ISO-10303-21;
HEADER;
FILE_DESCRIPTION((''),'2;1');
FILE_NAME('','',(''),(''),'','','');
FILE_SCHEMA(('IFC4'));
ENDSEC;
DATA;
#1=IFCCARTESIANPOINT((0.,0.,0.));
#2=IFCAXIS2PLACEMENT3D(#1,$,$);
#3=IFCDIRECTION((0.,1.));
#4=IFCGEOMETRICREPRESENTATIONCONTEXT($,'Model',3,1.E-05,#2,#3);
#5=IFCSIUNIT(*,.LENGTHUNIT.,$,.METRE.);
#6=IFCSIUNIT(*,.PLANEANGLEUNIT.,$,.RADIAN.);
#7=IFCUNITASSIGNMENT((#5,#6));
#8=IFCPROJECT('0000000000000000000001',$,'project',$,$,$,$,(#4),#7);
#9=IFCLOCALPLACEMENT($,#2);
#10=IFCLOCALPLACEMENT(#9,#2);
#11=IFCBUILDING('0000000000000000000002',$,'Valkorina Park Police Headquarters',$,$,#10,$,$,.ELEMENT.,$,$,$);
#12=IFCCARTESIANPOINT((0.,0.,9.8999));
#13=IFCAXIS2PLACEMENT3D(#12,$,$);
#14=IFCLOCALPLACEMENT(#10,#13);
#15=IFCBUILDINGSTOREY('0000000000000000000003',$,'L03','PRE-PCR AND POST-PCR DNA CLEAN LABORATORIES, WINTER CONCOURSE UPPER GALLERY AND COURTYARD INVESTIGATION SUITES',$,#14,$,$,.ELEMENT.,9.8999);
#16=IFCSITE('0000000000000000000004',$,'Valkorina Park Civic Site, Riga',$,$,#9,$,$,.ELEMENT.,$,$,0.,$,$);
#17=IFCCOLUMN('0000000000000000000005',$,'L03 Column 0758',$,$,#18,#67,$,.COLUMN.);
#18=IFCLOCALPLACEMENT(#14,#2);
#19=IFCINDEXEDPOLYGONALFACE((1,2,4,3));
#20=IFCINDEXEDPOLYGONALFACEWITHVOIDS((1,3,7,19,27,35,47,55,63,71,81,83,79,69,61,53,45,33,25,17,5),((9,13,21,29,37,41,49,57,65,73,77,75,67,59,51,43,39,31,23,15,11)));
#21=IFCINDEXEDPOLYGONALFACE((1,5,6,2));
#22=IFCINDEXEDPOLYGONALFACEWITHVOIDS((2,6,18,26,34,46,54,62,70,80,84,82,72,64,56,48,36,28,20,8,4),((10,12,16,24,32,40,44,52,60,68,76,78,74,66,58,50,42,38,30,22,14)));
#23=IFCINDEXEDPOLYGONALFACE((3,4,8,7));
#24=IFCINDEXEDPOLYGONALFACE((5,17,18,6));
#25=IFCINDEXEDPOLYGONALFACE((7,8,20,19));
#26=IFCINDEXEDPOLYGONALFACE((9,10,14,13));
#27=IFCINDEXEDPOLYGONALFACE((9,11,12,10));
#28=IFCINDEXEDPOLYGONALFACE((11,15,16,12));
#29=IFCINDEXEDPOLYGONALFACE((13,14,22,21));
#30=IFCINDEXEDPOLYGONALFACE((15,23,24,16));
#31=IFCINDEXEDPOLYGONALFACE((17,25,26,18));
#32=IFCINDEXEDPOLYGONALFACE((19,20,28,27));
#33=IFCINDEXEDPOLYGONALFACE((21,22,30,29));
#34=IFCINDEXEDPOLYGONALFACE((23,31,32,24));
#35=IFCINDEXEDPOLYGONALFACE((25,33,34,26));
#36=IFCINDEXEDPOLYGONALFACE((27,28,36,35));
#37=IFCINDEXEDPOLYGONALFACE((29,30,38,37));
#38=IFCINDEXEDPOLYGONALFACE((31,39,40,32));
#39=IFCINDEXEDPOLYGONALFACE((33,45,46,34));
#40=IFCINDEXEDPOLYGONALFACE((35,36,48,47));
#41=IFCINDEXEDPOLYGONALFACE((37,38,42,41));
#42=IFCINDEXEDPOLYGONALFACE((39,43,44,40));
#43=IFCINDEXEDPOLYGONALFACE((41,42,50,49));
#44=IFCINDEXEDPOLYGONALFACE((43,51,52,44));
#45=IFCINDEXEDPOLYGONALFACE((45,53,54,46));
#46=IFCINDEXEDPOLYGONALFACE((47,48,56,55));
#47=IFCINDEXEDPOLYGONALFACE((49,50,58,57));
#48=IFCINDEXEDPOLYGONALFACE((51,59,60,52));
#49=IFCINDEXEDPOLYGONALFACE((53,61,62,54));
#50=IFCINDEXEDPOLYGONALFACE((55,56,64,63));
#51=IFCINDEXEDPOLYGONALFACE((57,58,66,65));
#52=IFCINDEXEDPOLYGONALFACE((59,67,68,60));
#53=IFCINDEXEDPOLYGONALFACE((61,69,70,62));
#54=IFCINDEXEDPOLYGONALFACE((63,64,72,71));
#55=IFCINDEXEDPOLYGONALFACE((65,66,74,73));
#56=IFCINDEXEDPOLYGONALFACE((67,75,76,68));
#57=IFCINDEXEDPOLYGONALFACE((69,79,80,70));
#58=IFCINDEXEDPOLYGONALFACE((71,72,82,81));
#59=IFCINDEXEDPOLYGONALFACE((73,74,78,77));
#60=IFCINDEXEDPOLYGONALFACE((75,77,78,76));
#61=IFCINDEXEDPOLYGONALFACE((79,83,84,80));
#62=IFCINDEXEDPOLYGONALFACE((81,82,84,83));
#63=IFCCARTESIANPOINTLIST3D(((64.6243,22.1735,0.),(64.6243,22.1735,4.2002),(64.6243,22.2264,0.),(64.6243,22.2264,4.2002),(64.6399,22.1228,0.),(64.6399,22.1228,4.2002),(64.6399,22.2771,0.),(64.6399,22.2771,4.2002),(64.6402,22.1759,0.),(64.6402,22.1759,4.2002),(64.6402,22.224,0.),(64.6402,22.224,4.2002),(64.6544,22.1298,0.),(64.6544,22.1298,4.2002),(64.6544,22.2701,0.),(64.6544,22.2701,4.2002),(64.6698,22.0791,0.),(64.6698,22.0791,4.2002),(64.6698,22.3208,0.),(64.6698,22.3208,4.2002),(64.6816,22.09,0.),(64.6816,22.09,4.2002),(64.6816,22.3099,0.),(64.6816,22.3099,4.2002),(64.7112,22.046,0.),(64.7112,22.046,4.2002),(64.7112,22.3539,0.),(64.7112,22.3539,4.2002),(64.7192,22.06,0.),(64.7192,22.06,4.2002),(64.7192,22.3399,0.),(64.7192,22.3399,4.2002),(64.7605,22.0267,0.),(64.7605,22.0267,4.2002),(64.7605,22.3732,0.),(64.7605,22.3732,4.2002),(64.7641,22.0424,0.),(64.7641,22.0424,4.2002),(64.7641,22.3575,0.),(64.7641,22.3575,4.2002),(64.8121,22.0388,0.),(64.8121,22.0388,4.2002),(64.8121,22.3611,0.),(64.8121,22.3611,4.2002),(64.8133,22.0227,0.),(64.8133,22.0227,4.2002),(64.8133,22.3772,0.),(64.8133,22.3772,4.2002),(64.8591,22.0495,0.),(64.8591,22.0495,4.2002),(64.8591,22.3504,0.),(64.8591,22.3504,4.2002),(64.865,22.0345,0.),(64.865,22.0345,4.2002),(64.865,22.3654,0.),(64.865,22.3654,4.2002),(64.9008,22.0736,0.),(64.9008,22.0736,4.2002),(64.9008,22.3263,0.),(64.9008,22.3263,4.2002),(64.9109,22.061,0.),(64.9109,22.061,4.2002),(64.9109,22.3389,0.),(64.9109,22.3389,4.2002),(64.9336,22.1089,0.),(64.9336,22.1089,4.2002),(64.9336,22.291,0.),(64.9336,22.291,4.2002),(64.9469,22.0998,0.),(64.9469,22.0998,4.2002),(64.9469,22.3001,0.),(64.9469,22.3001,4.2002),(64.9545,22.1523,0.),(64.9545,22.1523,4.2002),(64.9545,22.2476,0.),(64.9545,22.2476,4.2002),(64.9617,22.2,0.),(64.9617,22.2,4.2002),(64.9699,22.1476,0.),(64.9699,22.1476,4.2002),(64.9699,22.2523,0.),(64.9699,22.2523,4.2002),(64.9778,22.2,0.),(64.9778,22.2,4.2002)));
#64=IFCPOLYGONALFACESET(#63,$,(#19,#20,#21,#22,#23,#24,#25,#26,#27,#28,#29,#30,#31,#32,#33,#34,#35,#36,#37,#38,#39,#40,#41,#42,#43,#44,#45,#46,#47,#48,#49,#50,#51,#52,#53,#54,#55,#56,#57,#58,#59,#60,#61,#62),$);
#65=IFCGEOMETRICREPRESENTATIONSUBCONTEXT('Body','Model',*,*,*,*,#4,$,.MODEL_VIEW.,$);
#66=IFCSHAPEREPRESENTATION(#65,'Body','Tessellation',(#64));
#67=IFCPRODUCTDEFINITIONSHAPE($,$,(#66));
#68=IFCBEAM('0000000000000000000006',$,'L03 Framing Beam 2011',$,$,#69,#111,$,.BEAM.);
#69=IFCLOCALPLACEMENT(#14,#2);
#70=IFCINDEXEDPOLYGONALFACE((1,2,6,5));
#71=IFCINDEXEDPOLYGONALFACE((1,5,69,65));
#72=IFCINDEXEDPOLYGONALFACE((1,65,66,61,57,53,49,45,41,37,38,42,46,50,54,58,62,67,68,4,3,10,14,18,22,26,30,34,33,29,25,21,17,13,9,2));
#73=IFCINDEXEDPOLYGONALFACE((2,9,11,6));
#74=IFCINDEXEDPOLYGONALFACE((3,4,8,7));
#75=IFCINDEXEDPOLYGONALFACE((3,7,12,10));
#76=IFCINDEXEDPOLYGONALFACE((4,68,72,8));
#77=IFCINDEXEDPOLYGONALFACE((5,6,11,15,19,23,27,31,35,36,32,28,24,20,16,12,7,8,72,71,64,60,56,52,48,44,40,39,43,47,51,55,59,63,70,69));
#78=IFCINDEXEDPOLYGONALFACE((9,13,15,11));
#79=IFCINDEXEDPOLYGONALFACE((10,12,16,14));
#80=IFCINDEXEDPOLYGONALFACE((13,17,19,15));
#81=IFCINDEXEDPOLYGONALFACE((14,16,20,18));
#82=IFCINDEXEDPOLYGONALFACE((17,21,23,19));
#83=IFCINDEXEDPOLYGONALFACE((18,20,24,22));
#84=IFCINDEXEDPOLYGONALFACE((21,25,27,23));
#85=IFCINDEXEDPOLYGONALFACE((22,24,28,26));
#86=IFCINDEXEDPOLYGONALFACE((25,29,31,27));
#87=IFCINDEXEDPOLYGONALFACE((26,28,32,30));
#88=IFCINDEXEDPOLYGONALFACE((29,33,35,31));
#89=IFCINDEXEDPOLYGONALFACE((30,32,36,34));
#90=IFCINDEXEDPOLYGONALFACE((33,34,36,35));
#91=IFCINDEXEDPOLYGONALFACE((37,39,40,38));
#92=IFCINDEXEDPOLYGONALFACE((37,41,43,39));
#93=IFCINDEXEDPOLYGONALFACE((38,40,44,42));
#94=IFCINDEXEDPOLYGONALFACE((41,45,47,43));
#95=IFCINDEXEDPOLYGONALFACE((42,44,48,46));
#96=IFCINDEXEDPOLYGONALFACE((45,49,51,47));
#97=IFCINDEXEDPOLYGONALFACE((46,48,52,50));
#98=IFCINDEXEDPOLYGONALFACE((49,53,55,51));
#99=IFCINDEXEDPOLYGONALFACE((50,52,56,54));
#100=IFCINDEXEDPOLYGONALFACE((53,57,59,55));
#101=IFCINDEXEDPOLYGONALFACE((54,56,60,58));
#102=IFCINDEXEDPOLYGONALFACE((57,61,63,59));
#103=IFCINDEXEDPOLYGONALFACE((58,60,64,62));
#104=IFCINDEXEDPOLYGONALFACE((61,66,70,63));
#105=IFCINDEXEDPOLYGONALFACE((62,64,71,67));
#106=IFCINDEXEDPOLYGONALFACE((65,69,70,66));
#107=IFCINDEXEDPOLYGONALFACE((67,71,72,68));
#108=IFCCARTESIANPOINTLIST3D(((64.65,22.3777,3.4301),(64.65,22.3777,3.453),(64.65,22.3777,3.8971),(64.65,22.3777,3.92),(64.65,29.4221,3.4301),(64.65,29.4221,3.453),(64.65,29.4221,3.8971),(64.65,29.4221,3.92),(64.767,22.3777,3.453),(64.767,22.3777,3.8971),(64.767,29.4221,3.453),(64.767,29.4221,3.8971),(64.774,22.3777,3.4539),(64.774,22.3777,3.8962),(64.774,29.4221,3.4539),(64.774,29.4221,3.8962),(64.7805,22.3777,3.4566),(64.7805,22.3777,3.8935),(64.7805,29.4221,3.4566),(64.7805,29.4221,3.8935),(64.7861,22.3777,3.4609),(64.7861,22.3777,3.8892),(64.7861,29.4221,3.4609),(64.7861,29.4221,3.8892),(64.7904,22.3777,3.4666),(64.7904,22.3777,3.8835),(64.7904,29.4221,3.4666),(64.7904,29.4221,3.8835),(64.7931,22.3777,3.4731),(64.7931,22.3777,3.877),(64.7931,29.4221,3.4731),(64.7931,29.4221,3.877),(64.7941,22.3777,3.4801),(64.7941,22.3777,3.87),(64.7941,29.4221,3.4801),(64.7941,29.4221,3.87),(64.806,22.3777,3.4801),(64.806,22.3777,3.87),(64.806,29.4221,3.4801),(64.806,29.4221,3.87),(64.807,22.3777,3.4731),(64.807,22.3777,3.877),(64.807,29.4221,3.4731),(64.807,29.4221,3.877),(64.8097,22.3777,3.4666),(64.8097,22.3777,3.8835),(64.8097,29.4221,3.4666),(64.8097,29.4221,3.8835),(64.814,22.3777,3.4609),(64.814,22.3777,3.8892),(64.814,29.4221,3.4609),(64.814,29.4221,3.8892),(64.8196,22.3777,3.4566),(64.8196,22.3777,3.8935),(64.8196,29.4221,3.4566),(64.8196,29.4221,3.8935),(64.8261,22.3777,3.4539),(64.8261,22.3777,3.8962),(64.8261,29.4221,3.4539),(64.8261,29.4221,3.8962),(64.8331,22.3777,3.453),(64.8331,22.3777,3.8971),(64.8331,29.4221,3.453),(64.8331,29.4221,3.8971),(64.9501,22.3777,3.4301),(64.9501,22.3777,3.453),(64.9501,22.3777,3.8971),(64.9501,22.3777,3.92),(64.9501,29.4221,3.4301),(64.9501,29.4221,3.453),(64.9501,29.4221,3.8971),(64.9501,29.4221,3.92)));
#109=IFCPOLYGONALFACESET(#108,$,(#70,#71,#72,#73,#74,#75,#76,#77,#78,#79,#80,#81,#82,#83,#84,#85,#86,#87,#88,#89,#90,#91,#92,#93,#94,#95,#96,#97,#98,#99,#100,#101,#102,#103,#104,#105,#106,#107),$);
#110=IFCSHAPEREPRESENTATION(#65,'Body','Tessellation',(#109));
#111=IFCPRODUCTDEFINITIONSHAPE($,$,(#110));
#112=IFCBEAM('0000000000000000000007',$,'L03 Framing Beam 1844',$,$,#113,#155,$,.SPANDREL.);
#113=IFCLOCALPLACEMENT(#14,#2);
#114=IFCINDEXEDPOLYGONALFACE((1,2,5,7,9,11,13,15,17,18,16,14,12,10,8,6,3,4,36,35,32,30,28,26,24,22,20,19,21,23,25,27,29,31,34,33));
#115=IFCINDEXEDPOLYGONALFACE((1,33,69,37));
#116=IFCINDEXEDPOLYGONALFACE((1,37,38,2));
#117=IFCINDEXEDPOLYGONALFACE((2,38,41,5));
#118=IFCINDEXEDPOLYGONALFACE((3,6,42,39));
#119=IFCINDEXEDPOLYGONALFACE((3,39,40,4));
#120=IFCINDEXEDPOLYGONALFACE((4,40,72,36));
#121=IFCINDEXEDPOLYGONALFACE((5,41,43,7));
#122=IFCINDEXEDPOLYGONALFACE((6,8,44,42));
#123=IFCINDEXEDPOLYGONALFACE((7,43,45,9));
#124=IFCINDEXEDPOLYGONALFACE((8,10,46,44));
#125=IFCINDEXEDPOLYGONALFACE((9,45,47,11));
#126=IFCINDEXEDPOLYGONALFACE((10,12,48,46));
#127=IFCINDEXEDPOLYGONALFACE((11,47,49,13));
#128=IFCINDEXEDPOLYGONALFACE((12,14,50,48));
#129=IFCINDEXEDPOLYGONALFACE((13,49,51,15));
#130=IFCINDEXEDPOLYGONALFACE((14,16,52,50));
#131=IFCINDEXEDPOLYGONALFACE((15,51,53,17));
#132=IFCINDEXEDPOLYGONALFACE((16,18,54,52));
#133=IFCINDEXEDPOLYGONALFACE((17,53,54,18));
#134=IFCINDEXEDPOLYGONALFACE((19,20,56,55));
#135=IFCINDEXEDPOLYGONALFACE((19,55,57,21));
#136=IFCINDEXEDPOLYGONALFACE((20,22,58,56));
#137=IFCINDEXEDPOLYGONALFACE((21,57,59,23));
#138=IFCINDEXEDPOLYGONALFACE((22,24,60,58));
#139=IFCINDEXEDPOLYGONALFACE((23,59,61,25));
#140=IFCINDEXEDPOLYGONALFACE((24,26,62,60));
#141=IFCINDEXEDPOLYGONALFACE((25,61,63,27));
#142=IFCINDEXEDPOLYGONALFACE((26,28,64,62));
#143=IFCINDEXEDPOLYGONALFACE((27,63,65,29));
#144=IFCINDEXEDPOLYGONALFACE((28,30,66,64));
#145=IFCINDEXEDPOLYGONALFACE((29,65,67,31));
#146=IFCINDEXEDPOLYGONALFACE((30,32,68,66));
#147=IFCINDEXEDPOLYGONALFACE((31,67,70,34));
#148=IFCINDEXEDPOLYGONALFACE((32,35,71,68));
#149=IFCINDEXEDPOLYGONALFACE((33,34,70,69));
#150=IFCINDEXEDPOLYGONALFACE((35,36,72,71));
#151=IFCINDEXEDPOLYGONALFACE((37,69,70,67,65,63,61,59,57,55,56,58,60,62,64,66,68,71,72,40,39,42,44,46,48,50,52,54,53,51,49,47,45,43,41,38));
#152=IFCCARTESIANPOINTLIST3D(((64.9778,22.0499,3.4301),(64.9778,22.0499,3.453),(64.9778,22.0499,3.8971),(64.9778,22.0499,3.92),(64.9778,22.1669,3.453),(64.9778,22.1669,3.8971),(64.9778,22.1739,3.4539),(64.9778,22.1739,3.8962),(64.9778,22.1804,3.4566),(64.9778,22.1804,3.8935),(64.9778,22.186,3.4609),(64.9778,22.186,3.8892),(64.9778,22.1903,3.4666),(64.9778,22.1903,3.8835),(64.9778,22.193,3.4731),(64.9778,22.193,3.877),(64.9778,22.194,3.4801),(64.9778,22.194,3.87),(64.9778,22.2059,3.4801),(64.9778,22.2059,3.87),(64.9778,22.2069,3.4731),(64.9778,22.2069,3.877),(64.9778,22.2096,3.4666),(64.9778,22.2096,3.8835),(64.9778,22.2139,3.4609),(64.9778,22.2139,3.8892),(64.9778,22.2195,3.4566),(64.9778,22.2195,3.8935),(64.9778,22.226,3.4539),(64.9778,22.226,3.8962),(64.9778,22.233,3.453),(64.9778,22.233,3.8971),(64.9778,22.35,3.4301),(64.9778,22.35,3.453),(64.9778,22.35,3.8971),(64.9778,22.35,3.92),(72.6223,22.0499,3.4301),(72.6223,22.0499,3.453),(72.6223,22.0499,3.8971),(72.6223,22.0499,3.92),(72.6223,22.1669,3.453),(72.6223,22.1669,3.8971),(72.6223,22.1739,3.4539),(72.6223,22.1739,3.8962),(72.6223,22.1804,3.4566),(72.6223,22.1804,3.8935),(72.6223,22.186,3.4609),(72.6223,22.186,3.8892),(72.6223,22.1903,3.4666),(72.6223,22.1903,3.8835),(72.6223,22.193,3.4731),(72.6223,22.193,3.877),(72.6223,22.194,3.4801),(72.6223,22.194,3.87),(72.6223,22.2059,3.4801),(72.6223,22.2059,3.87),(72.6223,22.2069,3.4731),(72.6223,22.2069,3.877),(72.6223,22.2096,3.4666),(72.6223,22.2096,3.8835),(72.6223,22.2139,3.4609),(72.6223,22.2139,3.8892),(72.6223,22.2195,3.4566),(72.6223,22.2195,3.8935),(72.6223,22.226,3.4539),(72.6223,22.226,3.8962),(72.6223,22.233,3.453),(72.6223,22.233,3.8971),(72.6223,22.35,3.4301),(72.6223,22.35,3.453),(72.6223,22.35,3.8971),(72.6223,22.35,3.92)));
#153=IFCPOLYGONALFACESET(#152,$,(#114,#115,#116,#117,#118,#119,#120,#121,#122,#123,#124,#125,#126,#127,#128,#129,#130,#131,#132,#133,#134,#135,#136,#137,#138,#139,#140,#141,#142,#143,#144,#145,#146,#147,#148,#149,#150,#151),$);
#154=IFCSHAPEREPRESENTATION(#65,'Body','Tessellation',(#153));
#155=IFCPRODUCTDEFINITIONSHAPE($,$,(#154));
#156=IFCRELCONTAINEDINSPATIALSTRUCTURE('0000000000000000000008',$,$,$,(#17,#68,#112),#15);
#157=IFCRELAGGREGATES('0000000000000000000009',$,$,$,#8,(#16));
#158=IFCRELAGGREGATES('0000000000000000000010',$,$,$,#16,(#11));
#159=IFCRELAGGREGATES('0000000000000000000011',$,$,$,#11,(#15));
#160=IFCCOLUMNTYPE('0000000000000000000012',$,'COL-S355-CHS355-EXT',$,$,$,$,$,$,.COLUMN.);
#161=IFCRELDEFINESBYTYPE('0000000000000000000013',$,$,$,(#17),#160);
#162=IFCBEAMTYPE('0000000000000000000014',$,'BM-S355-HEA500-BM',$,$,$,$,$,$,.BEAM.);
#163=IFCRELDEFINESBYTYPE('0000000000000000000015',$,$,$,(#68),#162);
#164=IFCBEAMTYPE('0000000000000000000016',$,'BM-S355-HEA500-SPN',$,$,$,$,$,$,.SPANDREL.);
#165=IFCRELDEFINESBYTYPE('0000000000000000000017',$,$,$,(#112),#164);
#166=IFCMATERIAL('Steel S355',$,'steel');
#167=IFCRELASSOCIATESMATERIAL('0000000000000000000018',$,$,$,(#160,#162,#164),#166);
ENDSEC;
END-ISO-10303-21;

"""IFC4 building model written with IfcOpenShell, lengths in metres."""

from ifc_helpers import new_model, si_unit, direction, frame, origin, origin_2d, place, context, subcontext, project, spatial, hollow_circle, i_section, extrude, material, material_profile, profile_set, type_object, element, save


model = new_model("IFC4")

# Units and contexts
model_context = context("Model", 3, precision=1e-05, world=origin(), true_north=direction((0.0, 1.0)))
body_context = subcontext(model_context, "Body", "Model", "MODEL_VIEW")
ifc_project = project(units=[si_unit("LENGTHUNIT", "METRE"), si_unit("PLANEANGLEUNIT", "RADIAN")], contexts=[model_context])

# Site, building, storey
site_placement = place(None, origin())
site = spatial("IfcSite", under=ifc_project, at=site_placement, Name="Valkorina Park Civic Site, Riga", CompositionType="ELEMENT", RefElevation=0.0)
building_placement = place(site_placement, origin())
building = spatial("IfcBuilding", under=site, at=building_placement, Name="Valkorina Park Police Headquarters", CompositionType="ELEMENT")
storey_placement = place(building_placement, frame((0.0, 0.0, 9.8999)))
storey = spatial("IfcBuildingStorey", under=building, at=storey_placement, Name="L03", Description="PRE-PCR AND POST-PCR DNA CLEAN LABORATORIES, WINTER CONCOURSE UPPER GALLERY AND COURTYARD INVESTIGATION SUITES", CompositionType="ELEMENT", Elevation=9.8999)

# Column
ifc_material_1 = material(Name="Steel S355", Category="steel")
ifc_material_profile_1 = material_profile(ifc_material_1, hollow_circle(Radius=0.1777, WallThickness=0.0161, at=origin_2d()), Name="CHS 355.6x16")
ifc_profile_set_1 = profile_set([ifc_material_profile_1], Name="Steel S355")
column_type = type_object("IfcColumnType", Name="COL-S355-CHS355-EXT", PredefinedType="COLUMN", material=ifc_profile_set_1)
column_placement = place(storey_placement, frame((64.8, 22.2, 0.0), z_axis=(0.0, 0.0, 1.0), x_axis=(1.0, 0.0, 0.0)))
element("IfcColumn", 1, at=column_placement, inside=storey, type_object=column_type, Name="L03 Column 0758", PredefinedType="COLUMN", context=body_context, shape_type="SweptSolid", body=[
    extrude(hollow_circle(Radius=0.1777, WallThickness=0.0161, at=origin_2d()), origin(), (0.0, 0.0, 1.0), 4.2002),
])

# Beams
ifc_material_profile_2 = material_profile(ifc_material_1, i_section(OverallWidth=0.3, OverallDepth=0.49, WebThickness=0.012, FlangeThickness=0.0229, FilletRadius=0.0271, at=origin_2d()), Name="HEA 500")
ifc_profile_set_2 = profile_set([ifc_material_profile_2], Name="Steel S355")
beam_type_1 = type_object("IfcBeamType", Name="BM-S355-HEA500-BM", PredefinedType="BEAM", material=ifc_profile_set_2)
beam_1_placement = place(storey_placement, frame((64.8, 22.3777, 3.675), z_axis=(0.0, 1.0, 0.0), x_axis=(-1.0, 0.0, 0.0)))
element("IfcBeam", 2, at=beam_1_placement, inside=storey, type_object=beam_type_1, Name="L03 Framing Beam 2011", PredefinedType="BEAM", context=body_context, shape_type="SweptSolid", body=[
    extrude(i_section(OverallWidth=0.3, OverallDepth=0.49, WebThickness=0.012, FlangeThickness=0.0229, FilletRadius=0.0271, at=origin_2d()), origin(), (0.0, 0.0, 1.0), 7.0444),
])
ifc_material_profile_3 = material_profile(ifc_material_1, i_section(OverallWidth=0.3, OverallDepth=0.49, WebThickness=0.012, FlangeThickness=0.0229, FilletRadius=0.0271, at=origin_2d()), Name="HEA 500")
ifc_profile_set_3 = profile_set([ifc_material_profile_3], Name="Steel S355")
beam_type_2 = type_object("IfcBeamType", Name="BM-S355-HEA500-SPN", PredefinedType="SPANDREL", material=ifc_profile_set_3)
beam_2_placement = place(storey_placement, frame((64.9778, 22.2, 3.675), z_axis=(1.0, 0.0, 0.0), x_axis=(0.0, 1.0, 0.0)))
element("IfcBeam", 3, at=beam_2_placement, inside=storey, type_object=beam_type_2, Name="L03 Framing Beam 1844", PredefinedType="SPANDREL", context=body_context, shape_type="SweptSolid", body=[
    extrude(i_section(OverallWidth=0.3, OverallDepth=0.49, WebThickness=0.012, FlangeThickness=0.0229, FilletRadius=0.0271, at=origin_2d()), origin(), (0.0, 0.0, 1.0), 7.6445),
])

save(model, "model.ifc")
